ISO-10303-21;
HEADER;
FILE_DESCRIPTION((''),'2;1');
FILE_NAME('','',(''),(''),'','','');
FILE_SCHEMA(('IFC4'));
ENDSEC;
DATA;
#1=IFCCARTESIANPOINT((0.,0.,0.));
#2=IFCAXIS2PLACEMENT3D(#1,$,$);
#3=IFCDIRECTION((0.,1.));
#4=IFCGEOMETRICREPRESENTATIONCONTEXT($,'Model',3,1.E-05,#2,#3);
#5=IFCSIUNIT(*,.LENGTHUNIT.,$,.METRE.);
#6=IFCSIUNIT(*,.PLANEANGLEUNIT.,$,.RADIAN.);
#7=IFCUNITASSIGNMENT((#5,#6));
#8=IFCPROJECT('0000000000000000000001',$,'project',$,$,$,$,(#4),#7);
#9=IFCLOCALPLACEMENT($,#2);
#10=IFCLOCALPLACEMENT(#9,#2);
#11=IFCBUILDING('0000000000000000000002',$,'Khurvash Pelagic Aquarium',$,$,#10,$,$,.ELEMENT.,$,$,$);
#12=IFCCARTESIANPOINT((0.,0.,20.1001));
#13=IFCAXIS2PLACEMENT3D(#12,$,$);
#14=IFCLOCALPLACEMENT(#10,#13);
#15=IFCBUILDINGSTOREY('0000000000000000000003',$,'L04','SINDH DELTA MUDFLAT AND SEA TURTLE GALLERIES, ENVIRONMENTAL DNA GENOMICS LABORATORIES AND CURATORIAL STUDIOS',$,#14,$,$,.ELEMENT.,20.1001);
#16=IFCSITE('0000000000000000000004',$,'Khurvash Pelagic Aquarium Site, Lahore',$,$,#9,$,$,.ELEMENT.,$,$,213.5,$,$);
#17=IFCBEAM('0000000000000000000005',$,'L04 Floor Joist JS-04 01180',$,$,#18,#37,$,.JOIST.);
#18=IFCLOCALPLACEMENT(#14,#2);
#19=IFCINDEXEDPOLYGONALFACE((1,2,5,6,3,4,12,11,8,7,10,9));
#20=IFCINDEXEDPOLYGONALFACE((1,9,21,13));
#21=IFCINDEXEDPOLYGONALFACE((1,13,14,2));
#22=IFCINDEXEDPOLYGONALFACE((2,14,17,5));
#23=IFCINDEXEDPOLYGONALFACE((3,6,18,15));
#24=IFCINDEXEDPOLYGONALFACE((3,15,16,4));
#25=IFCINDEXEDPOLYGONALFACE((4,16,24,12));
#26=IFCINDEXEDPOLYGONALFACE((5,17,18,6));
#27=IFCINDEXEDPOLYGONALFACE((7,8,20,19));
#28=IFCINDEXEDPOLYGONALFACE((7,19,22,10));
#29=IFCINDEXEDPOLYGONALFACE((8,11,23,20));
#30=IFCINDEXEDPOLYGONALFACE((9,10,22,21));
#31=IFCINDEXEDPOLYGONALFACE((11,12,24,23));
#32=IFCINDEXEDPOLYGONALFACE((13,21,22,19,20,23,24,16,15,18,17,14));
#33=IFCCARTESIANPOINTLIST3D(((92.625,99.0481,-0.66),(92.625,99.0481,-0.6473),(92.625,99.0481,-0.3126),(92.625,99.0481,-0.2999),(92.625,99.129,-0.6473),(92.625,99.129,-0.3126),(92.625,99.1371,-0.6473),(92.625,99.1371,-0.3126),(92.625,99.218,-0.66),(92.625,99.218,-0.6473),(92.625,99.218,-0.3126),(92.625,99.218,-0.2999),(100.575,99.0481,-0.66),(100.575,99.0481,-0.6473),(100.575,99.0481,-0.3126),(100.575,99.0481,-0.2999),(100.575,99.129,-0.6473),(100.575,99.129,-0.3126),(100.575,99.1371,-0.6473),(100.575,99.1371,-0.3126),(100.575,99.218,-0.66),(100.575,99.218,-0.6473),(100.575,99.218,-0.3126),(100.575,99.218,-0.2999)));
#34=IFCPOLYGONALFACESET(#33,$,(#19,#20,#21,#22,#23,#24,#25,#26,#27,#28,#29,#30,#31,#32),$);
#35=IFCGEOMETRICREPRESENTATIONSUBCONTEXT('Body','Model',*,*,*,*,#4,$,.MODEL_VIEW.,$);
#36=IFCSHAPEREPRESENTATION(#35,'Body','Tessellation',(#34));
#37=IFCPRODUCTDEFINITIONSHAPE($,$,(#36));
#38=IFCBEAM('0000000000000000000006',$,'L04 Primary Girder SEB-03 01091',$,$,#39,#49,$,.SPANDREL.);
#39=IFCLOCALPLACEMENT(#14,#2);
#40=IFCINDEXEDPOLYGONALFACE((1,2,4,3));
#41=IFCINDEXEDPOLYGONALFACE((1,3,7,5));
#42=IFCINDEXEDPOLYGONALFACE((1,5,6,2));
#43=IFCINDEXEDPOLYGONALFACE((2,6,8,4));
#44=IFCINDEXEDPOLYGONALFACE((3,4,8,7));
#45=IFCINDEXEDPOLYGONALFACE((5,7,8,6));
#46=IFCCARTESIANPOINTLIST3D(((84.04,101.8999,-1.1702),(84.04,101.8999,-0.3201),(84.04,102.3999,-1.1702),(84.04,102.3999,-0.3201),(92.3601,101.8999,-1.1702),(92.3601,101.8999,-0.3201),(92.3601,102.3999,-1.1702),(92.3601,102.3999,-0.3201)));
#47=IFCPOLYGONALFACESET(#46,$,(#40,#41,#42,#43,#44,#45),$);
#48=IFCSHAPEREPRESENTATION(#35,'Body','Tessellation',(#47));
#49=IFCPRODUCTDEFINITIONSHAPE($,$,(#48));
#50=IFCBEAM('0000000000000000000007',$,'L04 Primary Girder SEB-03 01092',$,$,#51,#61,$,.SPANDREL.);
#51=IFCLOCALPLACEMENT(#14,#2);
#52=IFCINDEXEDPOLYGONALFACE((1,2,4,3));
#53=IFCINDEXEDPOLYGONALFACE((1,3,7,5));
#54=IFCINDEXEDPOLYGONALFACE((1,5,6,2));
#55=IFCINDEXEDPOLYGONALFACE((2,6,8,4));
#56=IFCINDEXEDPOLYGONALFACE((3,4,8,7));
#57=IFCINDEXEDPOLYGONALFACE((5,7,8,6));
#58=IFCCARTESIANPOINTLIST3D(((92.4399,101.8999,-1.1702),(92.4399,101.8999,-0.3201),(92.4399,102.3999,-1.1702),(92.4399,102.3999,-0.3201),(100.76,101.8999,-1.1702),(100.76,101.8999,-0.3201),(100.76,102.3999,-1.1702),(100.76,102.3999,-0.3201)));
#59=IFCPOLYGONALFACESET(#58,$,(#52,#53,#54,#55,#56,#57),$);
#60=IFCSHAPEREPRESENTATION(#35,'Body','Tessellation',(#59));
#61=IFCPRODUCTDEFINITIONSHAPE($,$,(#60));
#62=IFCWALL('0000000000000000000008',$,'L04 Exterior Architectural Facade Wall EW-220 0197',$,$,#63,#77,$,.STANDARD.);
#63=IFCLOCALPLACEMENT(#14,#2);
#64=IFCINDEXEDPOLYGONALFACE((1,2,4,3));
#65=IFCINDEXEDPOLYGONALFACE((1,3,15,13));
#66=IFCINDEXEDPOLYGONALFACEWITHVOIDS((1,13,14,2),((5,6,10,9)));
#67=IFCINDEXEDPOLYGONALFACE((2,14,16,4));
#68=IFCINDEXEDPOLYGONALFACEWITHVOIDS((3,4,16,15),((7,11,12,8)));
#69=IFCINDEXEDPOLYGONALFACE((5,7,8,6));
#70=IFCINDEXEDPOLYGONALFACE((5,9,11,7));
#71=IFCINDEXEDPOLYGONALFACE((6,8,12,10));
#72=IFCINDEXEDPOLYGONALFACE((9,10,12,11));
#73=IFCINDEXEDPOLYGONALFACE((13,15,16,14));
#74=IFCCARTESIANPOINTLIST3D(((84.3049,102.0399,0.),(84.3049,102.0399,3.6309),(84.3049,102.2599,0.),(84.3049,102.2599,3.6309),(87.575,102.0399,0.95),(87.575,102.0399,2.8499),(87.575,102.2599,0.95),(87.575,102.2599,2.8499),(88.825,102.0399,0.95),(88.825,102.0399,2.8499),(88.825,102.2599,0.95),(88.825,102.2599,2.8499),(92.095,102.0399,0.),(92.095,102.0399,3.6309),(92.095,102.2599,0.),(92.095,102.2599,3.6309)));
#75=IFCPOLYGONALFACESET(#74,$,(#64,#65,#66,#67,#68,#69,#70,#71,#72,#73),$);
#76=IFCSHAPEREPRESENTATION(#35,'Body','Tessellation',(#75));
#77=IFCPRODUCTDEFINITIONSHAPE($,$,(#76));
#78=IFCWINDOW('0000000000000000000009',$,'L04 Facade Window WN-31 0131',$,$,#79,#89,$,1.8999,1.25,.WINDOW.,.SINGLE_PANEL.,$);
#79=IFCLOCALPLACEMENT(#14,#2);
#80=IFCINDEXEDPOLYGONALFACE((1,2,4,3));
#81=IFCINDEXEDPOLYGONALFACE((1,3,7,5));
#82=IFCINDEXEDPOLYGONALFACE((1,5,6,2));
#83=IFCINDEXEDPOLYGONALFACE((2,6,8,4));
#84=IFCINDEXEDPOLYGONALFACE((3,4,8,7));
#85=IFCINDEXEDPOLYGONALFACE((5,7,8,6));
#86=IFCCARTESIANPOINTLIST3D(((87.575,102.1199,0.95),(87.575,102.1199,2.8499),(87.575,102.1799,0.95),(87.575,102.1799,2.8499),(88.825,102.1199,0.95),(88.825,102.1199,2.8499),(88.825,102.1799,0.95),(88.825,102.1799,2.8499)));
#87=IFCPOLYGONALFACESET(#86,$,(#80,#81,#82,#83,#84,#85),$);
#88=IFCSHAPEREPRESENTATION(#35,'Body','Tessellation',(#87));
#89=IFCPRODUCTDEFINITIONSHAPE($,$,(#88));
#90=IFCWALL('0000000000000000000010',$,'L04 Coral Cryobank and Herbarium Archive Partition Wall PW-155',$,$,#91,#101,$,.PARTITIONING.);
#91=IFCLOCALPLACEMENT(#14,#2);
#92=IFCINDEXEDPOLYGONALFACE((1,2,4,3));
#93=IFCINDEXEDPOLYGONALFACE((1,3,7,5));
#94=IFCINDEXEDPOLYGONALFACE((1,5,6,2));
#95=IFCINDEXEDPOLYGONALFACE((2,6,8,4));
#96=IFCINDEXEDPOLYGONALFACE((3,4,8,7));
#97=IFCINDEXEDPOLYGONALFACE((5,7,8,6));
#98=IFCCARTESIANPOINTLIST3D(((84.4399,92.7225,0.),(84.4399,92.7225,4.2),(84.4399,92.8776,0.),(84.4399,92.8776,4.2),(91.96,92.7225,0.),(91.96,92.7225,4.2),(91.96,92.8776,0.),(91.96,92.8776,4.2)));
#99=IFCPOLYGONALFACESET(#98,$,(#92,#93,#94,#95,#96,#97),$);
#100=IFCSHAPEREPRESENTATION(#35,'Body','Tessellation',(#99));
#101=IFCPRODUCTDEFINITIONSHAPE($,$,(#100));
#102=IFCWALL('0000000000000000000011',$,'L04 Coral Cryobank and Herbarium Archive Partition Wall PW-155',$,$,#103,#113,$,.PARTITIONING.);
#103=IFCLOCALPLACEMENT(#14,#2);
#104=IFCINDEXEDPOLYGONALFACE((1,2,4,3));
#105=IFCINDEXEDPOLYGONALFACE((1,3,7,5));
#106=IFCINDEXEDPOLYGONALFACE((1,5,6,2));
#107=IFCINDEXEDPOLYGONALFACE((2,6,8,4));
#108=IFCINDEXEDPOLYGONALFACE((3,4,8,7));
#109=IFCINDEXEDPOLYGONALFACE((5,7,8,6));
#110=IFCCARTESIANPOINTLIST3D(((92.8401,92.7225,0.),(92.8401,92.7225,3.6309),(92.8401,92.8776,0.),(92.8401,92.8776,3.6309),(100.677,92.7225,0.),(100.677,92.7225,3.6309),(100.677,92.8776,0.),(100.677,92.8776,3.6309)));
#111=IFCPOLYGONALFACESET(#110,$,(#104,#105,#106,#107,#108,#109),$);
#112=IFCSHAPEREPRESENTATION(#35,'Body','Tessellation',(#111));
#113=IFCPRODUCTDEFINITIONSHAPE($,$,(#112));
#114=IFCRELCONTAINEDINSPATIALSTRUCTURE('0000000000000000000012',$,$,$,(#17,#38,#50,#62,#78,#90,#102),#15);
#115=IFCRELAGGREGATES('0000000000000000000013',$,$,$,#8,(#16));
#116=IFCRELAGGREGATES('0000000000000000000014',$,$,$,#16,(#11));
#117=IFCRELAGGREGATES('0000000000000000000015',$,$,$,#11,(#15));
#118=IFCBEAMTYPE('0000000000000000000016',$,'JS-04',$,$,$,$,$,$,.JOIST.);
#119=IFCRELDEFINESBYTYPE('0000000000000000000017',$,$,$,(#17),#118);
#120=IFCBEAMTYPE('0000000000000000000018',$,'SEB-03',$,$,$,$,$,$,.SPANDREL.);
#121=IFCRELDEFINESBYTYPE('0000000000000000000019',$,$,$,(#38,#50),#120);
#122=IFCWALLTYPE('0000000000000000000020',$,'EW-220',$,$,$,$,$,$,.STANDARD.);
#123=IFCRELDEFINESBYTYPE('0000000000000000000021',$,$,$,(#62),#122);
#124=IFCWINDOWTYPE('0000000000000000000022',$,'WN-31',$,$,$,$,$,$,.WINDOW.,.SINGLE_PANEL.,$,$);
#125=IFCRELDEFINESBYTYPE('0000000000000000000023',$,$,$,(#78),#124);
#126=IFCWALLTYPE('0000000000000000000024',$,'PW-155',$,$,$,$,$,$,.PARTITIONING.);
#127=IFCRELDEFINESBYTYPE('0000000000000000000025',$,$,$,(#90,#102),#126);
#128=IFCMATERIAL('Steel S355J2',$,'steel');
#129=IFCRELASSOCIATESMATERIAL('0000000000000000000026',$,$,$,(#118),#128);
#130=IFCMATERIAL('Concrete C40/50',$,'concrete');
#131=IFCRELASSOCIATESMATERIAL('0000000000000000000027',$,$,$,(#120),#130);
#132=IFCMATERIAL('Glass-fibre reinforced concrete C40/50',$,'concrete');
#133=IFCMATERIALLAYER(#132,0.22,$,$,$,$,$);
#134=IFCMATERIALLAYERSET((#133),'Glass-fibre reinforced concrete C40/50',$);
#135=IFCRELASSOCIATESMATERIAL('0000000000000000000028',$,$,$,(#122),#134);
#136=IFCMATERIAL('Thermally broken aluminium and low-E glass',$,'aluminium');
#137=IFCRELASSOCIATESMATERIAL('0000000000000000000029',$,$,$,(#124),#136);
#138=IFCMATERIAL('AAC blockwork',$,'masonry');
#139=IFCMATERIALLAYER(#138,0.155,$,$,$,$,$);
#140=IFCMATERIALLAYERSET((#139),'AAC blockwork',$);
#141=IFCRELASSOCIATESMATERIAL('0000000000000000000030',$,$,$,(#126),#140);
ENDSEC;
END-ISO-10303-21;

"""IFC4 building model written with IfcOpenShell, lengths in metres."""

from ifc_helpers import new_model, si_unit, direction, frame, frame_2d, origin, origin_2d, place, context, subcontext, project, spatial, rectangle, i_section, extrude, material, layer, layer_set, material_profile, profile_set, type_object, element, fill, save


model = new_model("IFC4")

# Units and contexts
model_context = context("Model", 3, precision=1e-05, world=origin(), true_north=direction((0.0, 1.0)))
body_context = subcontext(model_context, "Body", "Model", "MODEL_VIEW")
ifc_project = project(units=[si_unit("LENGTHUNIT", "METRE"), si_unit("PLANEANGLEUNIT", "RADIAN")], contexts=[model_context])

# Site, building, storey
site_placement = place(None, origin())
site = spatial("IfcSite", under=ifc_project, at=site_placement, Name="Khurvash Pelagic Aquarium Site, Lahore", CompositionType="ELEMENT", RefElevation=213.5)
building_placement = place(site_placement, origin())
building = spatial("IfcBuilding", under=site, at=building_placement, Name="Khurvash Pelagic Aquarium", CompositionType="ELEMENT")
storey_placement = place(building_placement, frame((0.0, 0.0, 20.1001)))
storey = spatial("IfcBuildingStorey", under=building, at=storey_placement, Name="L04", Description="SINDH DELTA MUDFLAT AND SEA TURTLE GALLERIES, ENVIRONMENTAL DNA GENOMICS LABORATORIES AND CURATORIAL STUDIOS", CompositionType="ELEMENT", Elevation=20.1001)

# Shared definitions
ifc_material_1 = material(Name="Concrete C40/50", Category="concrete")

# Beams
ifc_material_2 = material(Name="Steel S355J2", Category="steel")
ifc_material_profile_1 = material_profile(ifc_material_2, i_section(OverallWidth=0.1699, OverallDepth=0.3601, WebThickness=0.0081, FlangeThickness=0.0127, at=origin_2d()), Name="IPE360")
ifc_profile_set_1 = profile_set([ifc_material_profile_1], Name="Steel S355J2")
beam_type_1 = type_object("IfcBeamType", Name="JS-04", PredefinedType="JOIST", material=ifc_profile_set_1)
for number, where, z_axis, x_axis, name in (
    (1, (92.625, 99.1331, -0.48), (1.0, 0.0, 0.0), (0.0, 1.0, 0.0), "L04 Floor Joist JS-04 01180"),
):
    element("IfcBeam", number, at=place(storey_placement, frame(where, z_axis=z_axis, x_axis=x_axis)), inside=storey, type_object=beam_type_1, Name=name, PredefinedType="JOIST", context=body_context, shape_type="SweptSolid", body=[
        extrude(i_section(OverallWidth=0.1699, OverallDepth=0.3601, WebThickness=0.0081, FlangeThickness=0.0127, at=origin_2d()), origin(), (0.0, 0.0, 1.0), 7.95),
    ])
ifc_material_profile_2 = material_profile(ifc_material_1, rectangle(XDim=0.5, YDim=0.8501, at=origin_2d()), Name="RC500X850")
ifc_profile_set_2 = profile_set([ifc_material_profile_2], Name="Concrete C40/50")
beam_type_2 = type_object("IfcBeamType", Name="SEB-03", PredefinedType="SPANDREL", material=ifc_profile_set_2)
for number, where, z_axis, x_axis, name in (
    (2, (84.04, 102.1499, -0.7451), (1.0, 0.0, 0.0), (0.0, 1.0, 0.0), "L04 Primary Girder SEB-03 01091"),
    (3, (92.4399, 102.1499, -0.7451), (1.0, 0.0, 0.0), (0.0, 1.0, 0.0), "L04 Primary Girder SEB-03 01092"),
):
    element("IfcBeam", number, at=place(storey_placement, frame(where, z_axis=z_axis, x_axis=x_axis)), inside=storey, type_object=beam_type_2, Name=name, PredefinedType="SPANDREL", context=body_context, shape_type="SweptSolid", body=[
        extrude(rectangle(XDim=0.5, YDim=0.8501, at=origin_2d()), origin(), (0.0, 0.0, 1.0), 8.3201),
    ])

# Wall, opening, window
ifc_material_3 = material(Name="Glass-fibre reinforced concrete C40/50", Category="concrete")
ifc_layer_1 = layer(ifc_material_3, 0.22)
ifc_layer_set_1 = layer_set([ifc_layer_1], Name="Glass-fibre reinforced concrete C40/50")
wall_type_1 = type_object("IfcWallType", Name="EW-220", PredefinedType="STANDARD", material=ifc_layer_set_1)
wall_1_placement = place(storey_placement, frame((92.095, 102.1499, 0.0), z_axis=(0.0, 0.0, 1.0), x_axis=(-1.0, 0.0, 0.0)))
wall_1 = element("IfcWall", 4, at=wall_1_placement, inside=storey, type_object=wall_type_1, Name="L04 Exterior Architectural Facade Wall EW-220 0197", PredefinedType="STANDARD", context=body_context, shape_type="SweptSolid", body=[
    extrude(rectangle(XDim=7.79, YDim=0.22, at=frame_2d((3.895, 0.0))), origin(), (0.0, 0.0, 1.0), 3.6309),
])
opening_placement = place(wall_1_placement, frame((3.27, 0.0, 0.95)))
opening = element("IfcOpeningElement", 5, at=opening_placement, cuts=wall_1, PredefinedType="OPENING", context=body_context, shape_type="SweptSolid", body=[
    extrude(rectangle(XDim=1.25, YDim=1.8999, at=frame_2d((0.625, 0.95))), frame((0.0, 0.1201, 0.0), z_axis=(0.0, -1.0, 0.0), x_axis=(1.0, 0.0, 0.0)), (0.0, 0.0, 1.0), 0.24),
])
ifc_material_4 = material(Name="Thermally broken aluminium and low-E glass", Category="aluminium")
window_type = type_object("IfcWindowType", Name="WN-31", PartitioningType="SINGLE_PANEL", PredefinedType="WINDOW", material=ifc_material_4)
window_placement = place(opening_placement, origin())
window = element("IfcWindow", 6, at=window_placement, inside=storey, type_object=window_type, Name="L04 Facade Window WN-31 0131", OverallHeight=1.8999, OverallWidth=1.25, PartitioningType="SINGLE_PANEL", PredefinedType="WINDOW", context=body_context, shape_type="SweptSolid", body=[
    extrude(rectangle(XDim=1.25, YDim=1.8999, at=frame_2d((0.625, 0.95))), frame((0.0, 0.03, 0.0), z_axis=(0.0, -1.0, 0.0), x_axis=(1.0, 0.0, 0.0)), (0.0, 0.0, 1.0), 0.0601),
])
fill(opening, window)

# Walls
ifc_material_5 = material(Name="AAC blockwork", Category="masonry")
ifc_layer_2 = layer(ifc_material_5, 0.155)
ifc_layer_set_2 = layer_set([ifc_layer_2], Name="AAC blockwork")
wall_type_2 = type_object("IfcWallType", Name="PW-155", PredefinedType="PARTITIONING", material=ifc_layer_set_2)
wall_2_placement = place(storey_placement, frame((84.4399, 92.8, 0.0), z_axis=(0.0, 0.0, 1.0), x_axis=(1.0, 0.0, 0.0)))
element("IfcWall", 7, at=wall_2_placement, inside=storey, type_object=wall_type_2, Name="L04 Coral Cryobank and Herbarium Archive Partition Wall PW-155", PredefinedType="PARTITIONING", context=body_context, shape_type="SweptSolid", body=[
    extrude(rectangle(XDim=7.52, YDim=0.155, at=frame_2d((3.76, 0.0))), origin(), (0.0, 0.0, 1.0), 4.2),
])
wall_3_placement = place(storey_placement, frame((92.8401, 92.8, 0.0), z_axis=(0.0, 0.0, 1.0), x_axis=(1.0, 0.0, 0.0)))
element("IfcWall", 8, at=wall_3_placement, inside=storey, type_object=wall_type_2, Name="L04 Coral Cryobank and Herbarium Archive Partition Wall PW-155", PredefinedType="PARTITIONING", context=body_context, shape_type="SweptSolid", body=[
    extrude(rectangle(XDim=7.8369, YDim=0.155, at=frame_2d((3.9185, 0.0))), origin(), (0.0, 0.0, 1.0), 3.6309),
])

save(model, "model.ifc")
